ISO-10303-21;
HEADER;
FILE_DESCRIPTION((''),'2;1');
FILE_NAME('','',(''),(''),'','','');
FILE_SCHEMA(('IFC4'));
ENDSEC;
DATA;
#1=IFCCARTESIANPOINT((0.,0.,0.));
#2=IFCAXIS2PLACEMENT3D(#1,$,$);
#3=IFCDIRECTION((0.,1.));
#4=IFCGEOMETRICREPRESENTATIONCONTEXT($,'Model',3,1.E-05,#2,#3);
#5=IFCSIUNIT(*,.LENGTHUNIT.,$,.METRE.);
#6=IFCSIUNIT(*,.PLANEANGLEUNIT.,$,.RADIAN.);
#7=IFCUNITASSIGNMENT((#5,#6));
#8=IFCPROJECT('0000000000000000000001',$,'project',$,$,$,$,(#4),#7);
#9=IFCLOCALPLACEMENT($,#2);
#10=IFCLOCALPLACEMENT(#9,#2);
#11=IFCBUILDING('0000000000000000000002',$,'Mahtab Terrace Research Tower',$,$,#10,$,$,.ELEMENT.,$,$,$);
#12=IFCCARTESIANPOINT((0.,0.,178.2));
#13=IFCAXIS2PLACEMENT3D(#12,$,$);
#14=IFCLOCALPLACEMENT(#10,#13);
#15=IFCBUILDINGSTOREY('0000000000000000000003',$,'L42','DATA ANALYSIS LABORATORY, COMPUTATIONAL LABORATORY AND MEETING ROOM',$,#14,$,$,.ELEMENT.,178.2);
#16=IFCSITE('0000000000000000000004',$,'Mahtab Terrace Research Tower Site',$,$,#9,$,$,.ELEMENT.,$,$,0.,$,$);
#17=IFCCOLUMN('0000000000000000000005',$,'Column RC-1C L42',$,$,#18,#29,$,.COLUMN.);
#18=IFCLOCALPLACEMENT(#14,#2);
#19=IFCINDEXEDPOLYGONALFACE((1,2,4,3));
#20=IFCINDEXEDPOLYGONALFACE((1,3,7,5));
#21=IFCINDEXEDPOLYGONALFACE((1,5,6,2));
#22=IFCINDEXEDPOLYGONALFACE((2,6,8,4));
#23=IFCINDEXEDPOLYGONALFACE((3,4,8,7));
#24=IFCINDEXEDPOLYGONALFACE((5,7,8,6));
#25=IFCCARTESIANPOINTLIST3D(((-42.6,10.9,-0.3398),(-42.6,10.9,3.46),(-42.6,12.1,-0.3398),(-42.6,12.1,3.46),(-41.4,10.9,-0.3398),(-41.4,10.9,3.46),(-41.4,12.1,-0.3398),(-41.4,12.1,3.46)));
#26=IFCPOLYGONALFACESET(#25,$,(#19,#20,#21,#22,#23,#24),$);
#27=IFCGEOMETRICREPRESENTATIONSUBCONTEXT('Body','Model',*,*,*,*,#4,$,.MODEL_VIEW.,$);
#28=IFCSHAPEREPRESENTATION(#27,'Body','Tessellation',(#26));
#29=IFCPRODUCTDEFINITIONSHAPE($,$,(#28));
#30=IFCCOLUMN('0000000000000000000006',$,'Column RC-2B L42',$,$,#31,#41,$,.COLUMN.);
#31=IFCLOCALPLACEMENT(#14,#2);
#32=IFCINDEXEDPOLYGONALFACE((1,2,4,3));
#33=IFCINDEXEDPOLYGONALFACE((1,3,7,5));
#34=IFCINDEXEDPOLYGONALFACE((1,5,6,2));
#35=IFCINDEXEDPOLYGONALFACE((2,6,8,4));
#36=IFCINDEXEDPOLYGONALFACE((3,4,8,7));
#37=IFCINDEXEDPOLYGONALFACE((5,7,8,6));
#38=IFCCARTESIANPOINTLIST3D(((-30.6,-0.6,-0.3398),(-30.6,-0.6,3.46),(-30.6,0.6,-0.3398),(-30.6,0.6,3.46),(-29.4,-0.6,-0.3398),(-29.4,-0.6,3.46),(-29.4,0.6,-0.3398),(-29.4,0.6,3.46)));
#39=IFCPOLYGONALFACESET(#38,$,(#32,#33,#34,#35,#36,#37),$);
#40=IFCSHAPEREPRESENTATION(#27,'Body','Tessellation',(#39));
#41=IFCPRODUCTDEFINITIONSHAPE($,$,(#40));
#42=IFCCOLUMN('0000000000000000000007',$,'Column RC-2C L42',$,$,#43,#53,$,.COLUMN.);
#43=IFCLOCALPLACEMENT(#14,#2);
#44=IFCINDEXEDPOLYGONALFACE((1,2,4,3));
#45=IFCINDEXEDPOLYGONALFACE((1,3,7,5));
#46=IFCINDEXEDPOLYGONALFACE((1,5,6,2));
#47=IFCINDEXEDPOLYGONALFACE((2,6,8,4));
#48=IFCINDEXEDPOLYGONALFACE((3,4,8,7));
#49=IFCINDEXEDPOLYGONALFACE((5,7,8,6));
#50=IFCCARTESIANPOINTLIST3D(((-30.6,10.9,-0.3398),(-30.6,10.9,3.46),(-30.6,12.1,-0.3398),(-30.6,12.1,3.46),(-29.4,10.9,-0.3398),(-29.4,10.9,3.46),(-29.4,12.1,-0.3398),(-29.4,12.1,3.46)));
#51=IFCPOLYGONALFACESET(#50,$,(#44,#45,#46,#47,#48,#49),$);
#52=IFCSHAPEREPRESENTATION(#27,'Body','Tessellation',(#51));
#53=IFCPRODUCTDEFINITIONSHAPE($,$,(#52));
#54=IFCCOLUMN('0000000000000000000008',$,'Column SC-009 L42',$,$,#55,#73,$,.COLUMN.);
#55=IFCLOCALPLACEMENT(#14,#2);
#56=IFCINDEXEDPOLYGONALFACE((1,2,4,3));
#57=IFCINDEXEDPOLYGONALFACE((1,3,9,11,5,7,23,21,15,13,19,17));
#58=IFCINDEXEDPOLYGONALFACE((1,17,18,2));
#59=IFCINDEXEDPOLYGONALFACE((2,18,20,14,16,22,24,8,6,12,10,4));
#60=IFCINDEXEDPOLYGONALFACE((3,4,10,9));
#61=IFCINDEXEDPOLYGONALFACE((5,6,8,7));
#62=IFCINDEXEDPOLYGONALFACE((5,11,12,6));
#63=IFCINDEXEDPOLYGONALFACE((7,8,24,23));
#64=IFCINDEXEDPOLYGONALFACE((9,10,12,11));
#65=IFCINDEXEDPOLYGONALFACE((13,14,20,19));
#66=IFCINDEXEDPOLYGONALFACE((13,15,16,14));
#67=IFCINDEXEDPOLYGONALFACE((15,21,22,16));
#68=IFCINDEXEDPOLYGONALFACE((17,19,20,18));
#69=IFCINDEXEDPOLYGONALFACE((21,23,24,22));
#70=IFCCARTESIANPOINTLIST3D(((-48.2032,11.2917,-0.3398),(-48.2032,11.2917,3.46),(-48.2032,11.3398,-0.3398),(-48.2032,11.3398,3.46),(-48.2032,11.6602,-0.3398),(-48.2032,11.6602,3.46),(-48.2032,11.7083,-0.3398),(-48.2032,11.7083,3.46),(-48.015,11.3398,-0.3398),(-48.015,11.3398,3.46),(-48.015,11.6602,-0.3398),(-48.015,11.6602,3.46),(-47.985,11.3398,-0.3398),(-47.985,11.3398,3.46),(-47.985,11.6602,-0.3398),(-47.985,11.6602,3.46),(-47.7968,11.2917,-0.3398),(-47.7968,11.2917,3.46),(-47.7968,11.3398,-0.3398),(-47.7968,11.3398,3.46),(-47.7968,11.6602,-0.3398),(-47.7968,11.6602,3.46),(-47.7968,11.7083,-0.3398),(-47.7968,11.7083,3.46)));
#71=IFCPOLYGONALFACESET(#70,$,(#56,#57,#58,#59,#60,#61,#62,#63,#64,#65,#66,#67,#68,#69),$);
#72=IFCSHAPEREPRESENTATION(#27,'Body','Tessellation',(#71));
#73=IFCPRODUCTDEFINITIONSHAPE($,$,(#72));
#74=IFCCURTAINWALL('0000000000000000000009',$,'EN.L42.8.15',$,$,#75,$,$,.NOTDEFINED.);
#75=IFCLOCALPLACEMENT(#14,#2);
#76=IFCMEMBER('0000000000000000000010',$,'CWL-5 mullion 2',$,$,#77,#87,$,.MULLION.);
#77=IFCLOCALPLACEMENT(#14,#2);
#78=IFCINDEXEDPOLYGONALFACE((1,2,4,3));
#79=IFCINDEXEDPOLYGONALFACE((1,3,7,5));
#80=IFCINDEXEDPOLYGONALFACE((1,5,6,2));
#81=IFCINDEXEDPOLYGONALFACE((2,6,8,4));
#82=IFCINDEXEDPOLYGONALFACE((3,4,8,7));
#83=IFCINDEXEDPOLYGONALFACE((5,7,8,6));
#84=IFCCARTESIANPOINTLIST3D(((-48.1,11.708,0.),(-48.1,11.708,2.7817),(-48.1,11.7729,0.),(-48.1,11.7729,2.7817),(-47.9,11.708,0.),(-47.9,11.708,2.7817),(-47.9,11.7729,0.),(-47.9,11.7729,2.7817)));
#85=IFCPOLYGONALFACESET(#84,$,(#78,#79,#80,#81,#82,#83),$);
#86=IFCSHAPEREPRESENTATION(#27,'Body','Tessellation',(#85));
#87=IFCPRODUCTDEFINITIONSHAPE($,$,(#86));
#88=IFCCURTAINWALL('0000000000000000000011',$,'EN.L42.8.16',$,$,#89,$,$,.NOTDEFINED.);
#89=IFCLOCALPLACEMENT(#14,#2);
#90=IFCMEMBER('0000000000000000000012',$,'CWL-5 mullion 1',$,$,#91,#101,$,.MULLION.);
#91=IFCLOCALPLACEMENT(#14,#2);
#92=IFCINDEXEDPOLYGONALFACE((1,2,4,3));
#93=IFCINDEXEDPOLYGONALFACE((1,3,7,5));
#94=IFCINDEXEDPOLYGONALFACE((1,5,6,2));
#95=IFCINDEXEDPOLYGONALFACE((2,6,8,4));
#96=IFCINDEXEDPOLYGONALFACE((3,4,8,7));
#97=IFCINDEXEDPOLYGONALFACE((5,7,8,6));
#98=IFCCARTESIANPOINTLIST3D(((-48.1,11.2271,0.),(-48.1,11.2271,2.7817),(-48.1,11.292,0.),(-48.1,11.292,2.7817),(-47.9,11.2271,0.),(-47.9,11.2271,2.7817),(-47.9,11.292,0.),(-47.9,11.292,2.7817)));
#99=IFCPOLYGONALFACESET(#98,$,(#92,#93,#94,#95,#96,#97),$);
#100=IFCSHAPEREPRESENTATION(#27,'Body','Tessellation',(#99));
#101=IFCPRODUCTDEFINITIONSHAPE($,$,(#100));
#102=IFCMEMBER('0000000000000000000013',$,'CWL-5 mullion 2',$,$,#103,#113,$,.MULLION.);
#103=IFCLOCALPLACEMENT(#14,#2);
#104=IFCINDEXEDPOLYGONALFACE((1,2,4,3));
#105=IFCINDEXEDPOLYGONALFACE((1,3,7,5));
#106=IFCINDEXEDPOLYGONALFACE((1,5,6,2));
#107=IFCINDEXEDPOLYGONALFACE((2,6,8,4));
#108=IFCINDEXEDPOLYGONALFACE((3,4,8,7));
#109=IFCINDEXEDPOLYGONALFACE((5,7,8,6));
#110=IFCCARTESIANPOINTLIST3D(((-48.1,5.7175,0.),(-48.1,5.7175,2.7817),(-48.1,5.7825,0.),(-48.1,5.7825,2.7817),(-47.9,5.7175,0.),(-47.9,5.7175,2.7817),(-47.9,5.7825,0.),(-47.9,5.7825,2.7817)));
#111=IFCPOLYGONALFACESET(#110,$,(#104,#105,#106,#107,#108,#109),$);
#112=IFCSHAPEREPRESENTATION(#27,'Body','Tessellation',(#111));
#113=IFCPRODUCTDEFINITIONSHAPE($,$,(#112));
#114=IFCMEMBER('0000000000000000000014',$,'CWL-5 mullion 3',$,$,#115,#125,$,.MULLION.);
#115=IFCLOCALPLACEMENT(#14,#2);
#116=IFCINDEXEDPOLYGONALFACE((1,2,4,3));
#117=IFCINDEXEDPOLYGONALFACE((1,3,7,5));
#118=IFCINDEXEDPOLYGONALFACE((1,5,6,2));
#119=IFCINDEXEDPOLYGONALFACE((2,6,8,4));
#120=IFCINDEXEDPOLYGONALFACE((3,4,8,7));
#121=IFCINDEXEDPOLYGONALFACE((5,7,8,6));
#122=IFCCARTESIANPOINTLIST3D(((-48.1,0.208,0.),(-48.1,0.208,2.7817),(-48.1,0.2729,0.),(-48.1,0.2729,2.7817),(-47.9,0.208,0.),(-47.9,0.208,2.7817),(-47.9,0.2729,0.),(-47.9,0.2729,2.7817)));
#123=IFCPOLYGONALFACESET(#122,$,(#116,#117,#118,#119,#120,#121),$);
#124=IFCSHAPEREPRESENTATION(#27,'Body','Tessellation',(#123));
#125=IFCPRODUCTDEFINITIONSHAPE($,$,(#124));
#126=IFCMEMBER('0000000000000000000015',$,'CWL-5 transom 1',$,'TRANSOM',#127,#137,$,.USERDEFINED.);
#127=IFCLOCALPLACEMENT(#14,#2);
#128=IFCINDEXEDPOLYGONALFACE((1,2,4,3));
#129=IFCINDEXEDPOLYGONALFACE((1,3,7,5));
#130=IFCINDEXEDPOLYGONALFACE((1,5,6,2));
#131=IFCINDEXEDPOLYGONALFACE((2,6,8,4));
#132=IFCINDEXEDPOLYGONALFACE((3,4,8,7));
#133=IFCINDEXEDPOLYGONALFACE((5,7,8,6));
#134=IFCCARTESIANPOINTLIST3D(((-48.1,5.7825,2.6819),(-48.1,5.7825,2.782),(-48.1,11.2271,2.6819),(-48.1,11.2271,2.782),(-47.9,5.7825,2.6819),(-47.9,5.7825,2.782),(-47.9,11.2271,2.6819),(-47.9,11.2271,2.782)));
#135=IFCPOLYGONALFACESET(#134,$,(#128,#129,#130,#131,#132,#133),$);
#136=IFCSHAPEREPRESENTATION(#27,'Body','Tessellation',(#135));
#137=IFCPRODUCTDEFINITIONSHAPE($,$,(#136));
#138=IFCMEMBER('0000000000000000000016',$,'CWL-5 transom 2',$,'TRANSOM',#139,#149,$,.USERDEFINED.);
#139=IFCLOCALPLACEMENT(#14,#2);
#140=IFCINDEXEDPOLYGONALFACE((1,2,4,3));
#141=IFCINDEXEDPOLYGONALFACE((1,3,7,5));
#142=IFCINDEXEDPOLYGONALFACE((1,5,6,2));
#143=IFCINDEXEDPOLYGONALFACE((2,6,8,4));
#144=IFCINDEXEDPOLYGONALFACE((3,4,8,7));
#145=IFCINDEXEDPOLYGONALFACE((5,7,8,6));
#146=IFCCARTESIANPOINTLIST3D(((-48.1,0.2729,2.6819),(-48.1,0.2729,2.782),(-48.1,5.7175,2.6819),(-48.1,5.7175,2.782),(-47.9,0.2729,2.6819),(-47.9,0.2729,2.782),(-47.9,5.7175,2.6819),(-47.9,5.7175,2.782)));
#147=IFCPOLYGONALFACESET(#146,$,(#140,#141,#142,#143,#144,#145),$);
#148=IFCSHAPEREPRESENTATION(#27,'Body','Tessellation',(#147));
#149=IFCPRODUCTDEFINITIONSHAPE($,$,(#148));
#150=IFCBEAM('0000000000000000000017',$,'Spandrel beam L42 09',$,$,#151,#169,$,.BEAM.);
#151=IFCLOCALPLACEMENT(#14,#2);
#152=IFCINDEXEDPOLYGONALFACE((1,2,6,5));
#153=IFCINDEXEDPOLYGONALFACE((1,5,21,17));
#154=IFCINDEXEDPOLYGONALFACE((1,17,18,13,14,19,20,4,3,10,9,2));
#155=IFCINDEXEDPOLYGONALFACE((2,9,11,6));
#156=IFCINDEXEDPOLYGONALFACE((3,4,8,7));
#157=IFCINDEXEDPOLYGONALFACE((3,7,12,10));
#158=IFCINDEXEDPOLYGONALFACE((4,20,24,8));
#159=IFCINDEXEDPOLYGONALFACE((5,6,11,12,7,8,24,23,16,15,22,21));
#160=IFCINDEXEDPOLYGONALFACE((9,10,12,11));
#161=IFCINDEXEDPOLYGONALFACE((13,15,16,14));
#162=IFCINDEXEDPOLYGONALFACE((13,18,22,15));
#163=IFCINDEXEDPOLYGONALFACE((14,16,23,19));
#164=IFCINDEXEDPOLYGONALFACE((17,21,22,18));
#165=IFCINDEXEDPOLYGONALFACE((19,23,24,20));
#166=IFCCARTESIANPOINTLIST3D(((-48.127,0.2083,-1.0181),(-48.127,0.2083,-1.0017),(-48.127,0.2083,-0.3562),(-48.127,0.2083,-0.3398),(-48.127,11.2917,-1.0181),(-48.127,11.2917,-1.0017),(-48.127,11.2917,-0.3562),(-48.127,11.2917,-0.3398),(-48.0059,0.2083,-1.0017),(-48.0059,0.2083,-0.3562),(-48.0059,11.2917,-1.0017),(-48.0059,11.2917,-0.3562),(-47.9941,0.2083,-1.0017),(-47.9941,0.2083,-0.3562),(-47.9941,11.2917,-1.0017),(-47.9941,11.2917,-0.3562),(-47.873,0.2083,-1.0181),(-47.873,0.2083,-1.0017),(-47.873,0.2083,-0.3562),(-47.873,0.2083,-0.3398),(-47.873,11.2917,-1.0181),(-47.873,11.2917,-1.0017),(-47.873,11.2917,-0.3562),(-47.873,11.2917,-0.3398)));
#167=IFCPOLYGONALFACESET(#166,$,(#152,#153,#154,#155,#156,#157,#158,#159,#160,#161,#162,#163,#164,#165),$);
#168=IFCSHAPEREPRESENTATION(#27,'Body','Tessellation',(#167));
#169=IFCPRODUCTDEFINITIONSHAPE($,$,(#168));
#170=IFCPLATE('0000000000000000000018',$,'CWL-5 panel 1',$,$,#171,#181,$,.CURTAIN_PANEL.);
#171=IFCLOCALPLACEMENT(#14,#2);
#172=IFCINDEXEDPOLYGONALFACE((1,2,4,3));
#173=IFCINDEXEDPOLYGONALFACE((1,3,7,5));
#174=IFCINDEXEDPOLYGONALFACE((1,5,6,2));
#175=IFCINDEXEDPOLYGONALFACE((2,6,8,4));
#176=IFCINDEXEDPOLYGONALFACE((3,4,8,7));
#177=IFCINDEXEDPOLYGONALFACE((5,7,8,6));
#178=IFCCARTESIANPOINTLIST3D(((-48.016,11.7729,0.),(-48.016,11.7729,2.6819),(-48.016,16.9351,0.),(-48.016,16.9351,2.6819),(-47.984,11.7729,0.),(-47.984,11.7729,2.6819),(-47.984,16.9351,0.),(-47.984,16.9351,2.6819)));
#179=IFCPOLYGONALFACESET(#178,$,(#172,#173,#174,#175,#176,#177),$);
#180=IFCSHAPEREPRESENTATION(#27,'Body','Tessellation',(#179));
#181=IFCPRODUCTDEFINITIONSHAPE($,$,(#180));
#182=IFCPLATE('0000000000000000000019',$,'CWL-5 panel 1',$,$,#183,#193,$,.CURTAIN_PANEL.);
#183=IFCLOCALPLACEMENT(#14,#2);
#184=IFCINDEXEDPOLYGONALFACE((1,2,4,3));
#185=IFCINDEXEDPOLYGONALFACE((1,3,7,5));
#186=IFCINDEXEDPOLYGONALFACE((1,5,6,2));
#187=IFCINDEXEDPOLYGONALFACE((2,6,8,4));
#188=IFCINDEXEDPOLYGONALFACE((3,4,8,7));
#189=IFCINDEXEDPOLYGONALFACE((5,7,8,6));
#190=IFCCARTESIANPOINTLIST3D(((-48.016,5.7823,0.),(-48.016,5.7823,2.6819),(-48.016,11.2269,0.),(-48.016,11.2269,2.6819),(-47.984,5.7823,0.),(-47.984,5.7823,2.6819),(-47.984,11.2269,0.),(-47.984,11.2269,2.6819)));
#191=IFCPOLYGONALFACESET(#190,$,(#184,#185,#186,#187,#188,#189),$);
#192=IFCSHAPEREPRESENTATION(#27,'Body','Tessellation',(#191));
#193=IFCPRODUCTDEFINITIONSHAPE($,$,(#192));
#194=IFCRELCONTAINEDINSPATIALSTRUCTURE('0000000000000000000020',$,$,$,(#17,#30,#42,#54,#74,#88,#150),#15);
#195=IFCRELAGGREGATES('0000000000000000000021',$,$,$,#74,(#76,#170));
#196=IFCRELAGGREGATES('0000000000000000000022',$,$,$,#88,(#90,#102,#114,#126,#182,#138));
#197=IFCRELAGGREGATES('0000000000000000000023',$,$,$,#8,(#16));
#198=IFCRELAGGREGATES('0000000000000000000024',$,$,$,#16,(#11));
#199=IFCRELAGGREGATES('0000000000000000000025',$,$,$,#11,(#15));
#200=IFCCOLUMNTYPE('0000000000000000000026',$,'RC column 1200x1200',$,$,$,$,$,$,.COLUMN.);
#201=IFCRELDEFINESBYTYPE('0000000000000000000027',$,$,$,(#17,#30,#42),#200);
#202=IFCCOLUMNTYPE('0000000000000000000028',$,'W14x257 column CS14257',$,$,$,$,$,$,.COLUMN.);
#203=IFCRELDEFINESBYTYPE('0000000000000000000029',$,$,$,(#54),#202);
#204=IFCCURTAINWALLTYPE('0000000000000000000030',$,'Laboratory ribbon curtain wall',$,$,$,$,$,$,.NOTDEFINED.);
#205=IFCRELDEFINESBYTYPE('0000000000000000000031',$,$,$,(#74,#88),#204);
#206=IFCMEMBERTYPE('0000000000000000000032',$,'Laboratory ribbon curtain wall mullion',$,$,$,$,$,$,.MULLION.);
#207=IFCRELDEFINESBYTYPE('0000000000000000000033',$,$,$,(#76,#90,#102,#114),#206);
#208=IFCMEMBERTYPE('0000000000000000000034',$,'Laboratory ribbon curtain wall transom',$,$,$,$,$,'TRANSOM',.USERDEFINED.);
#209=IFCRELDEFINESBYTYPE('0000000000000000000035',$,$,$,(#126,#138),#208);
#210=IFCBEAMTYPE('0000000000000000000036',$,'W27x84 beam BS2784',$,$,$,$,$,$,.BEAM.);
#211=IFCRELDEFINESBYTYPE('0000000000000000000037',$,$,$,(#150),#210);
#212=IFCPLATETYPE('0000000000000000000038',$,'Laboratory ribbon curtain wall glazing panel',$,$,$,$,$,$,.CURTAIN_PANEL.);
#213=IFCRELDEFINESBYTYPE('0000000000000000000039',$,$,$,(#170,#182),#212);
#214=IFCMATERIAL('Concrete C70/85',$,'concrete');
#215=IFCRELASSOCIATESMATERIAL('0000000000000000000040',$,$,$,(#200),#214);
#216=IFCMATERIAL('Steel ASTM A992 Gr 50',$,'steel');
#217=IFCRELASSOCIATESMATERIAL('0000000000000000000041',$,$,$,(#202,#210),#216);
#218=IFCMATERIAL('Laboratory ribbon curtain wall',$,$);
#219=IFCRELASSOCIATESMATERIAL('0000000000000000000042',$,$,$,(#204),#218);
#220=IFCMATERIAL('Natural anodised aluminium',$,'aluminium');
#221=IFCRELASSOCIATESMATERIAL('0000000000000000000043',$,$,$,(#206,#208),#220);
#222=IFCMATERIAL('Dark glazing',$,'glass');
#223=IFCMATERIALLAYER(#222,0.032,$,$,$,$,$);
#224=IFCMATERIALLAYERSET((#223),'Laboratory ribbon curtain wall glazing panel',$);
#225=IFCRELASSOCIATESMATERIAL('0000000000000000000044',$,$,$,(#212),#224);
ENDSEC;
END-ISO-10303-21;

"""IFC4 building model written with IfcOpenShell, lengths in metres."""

from ifc_helpers import new_model, si_unit, direction, frame, origin, origin_2d, place, context, subcontext, project, spatial, rectangle, i_section, extrude, material, layer, layer_set, material_profile, profile_set, type_object, element, aggregate, save


model = new_model("IFC4")

# Units and contexts
model_context = context("Model", 3, precision=1e-05, world=origin(), true_north=direction((0.0, 1.0)))
body_context = subcontext(model_context, "Body", "Model", "MODEL_VIEW")
ifc_project = project(units=[si_unit("LENGTHUNIT", "METRE"), si_unit("PLANEANGLEUNIT", "RADIAN")], contexts=[model_context])

# Site, building, storey
site_placement = place(None, origin())
site = spatial("IfcSite", under=ifc_project, at=site_placement, Name="Mahtab Terrace Research Tower Site", CompositionType="ELEMENT", RefElevation=0.0)
building_placement = place(site_placement, origin())
building = spatial("IfcBuilding", under=site, at=building_placement, Name="Mahtab Terrace Research Tower", CompositionType="ELEMENT")
storey_placement = place(building_placement, frame((0.0, 0.0, 178.2)))
storey = spatial("IfcBuildingStorey", under=building, at=storey_placement, Name="L42", Description="DATA ANALYSIS LABORATORY, COMPUTATIONAL LABORATORY AND MEETING ROOM", CompositionType="ELEMENT", Elevation=178.2)

# Columns
ifc_material_1 = material(Name="Concrete C70/85", Category="concrete")
ifc_material_profile_1 = material_profile(ifc_material_1, rectangle(XDim=1.2, YDim=1.2, at=origin_2d()), Name="RC column 1200x1200")
ifc_profile_set_1 = profile_set([ifc_material_profile_1], Name="Concrete C70/85")
column_type_1 = type_object("IfcColumnType", Name="RC column 1200x1200", PredefinedType="COLUMN", material=ifc_profile_set_1)
for number, where, z_axis, x_axis, name in (
    (1, (-42.0, 11.5, -0.3398), (0.0, 0.0, 1.0), (1.0, 0.0, 0.0), "Column RC-1C L42"),
    (2, (-30.0, 0.0, -0.3398), (0.0, 0.0, 1.0), (1.0, 0.0, 0.0), "Column RC-2B L42"),
    (3, (-30.0, 11.5, -0.3398), (0.0, 0.0, 1.0), (1.0, 0.0, 0.0), "Column RC-2C L42"),
):
    element("IfcColumn", number, at=place(storey_placement, frame(where, z_axis=z_axis, x_axis=x_axis)), inside=storey, type_object=column_type_1, Name=name, PredefinedType="COLUMN", context=body_context, shape_type="SweptSolid", body=[
        extrude(rectangle(XDim=1.2, YDim=1.2, at=origin_2d()), origin(), (0.0, 0.0, 1.0), 3.7998),
    ])
ifc_material_2 = material(Name="Steel ASTM A992 Gr 50", Category="steel")
ifc_material_profile_2 = material_profile(ifc_material_2, i_section(OverallWidth=0.4065, OverallDepth=0.4165, WebThickness=0.03, FlangeThickness=0.0481, at=origin_2d()), Name="W14X257")
ifc_profile_set_2 = profile_set([ifc_material_profile_2], Name="Steel ASTM A992 Gr 50")
column_type_2 = type_object("IfcColumnType", Name="W14x257 column CS14257", PredefinedType="COLUMN", material=ifc_profile_set_2)
column_placement = place(storey_placement, frame((-48.0, 11.5, -0.3398), z_axis=(0.0, 0.0, 1.0), x_axis=(1.0, 0.0, 0.0)))
element("IfcColumn", 4, at=column_placement, inside=storey, type_object=column_type_2, Name="Column SC-009 L42", PredefinedType="COLUMN", context=body_context, shape_type="SweptSolid", body=[
    extrude(i_section(OverallWidth=0.4065, OverallDepth=0.4165, WebThickness=0.03, FlangeThickness=0.0481, at=origin_2d()), origin(), (0.0, 0.0, 1.0), 3.7998),
])

# Curtain wall, member
ifc_material_3 = material(Name="Laboratory ribbon curtain wall")
curtain_wall_type = type_object("IfcCurtainWallType", Name="Laboratory ribbon curtain wall", PredefinedType="NOTDEFINED", material=ifc_material_3)
curtain_wall_1_placement = place(storey_placement, origin())
curtain_wall_1 = element("IfcCurtainWall", 5, at=curtain_wall_1_placement, inside=storey, type_object=curtain_wall_type, Name="EN.L42.8.15", PredefinedType="NOTDEFINED")
ifc_material_4 = material(Name="Natural anodised aluminium", Category="aluminium")
ifc_material_profile_3 = material_profile(ifc_material_4, rectangle(XDim=0.2, YDim=0.0649, at=origin_2d()), Name="MULLION 65x200")
ifc_profile_set_3 = profile_set([ifc_material_profile_3], Name="Natural anodised aluminium")
member_type_1 = type_object("IfcMemberType", Name="Laboratory ribbon curtain wall mullion", PredefinedType="MULLION", material=ifc_profile_set_3)
member_1_placement = place(storey_placement, frame((-48.0, 11.7405, 0.0), z_axis=(0.0, 0.0, 1.0), x_axis=(1.0, 0.0, 0.0)))
member_1 = element("IfcMember", 6, at=member_1_placement, type_object=member_type_1, Name="CWL-5 mullion 2", PredefinedType="MULLION", context=body_context, shape_type="SweptSolid", body=[
    extrude(rectangle(XDim=0.2, YDim=0.0649, at=origin_2d()), origin(), (0.0, 0.0, 1.0), 2.7817),
])

# Curtain wall, members
curtain_wall_2_placement = place(storey_placement, origin())
curtain_wall_2 = element("IfcCurtainWall", 7, at=curtain_wall_2_placement, inside=storey, type_object=curtain_wall_type, Name="EN.L42.8.16", PredefinedType="NOTDEFINED")
member_2_placement = place(storey_placement, frame((-48.0, 11.2595, 0.0), z_axis=(0.0, 0.0, 1.0), x_axis=(1.0, 0.0, 0.0)))
member_2 = element("IfcMember", 8, at=member_2_placement, type_object=member_type_1, Name="CWL-5 mullion 1", PredefinedType="MULLION", context=body_context, shape_type="SweptSolid", body=[
    extrude(rectangle(XDim=0.2, YDim=0.0649, at=origin_2d()), origin(), (0.0, 0.0, 1.0), 2.7817),
])
member_3_placement = place(storey_placement, frame((-48.0, 5.75, 0.0), z_axis=(0.0, 0.0, 1.0), x_axis=(1.0, 0.0, 0.0)))
member_3 = element("IfcMember", 9, at=member_3_placement, type_object=member_type_1, Name="CWL-5 mullion 2", PredefinedType="MULLION", context=body_context, shape_type="SweptSolid", body=[
    extrude(rectangle(XDim=0.2, YDim=0.0649, at=origin_2d()), origin(), (0.0, 0.0, 1.0), 2.7817),
])
member_4_placement = place(storey_placement, frame((-48.0, 0.2405, 0.0), z_axis=(0.0, 0.0, 1.0), x_axis=(1.0, 0.0, 0.0)))
member_4 = element("IfcMember", 10, at=member_4_placement, type_object=member_type_1, Name="CWL-5 mullion 3", PredefinedType="MULLION", context=body_context, shape_type="SweptSolid", body=[
    extrude(rectangle(XDim=0.2, YDim=0.0649, at=origin_2d()), origin(), (0.0, 0.0, 1.0), 2.7817),
])
ifc_material_profile_4 = material_profile(ifc_material_4, rectangle(XDim=0.2, YDim=0.1001, at=origin_2d()), Name="TRANSOM 100x200")
ifc_profile_set_4 = profile_set([ifc_material_profile_4], Name="Natural anodised aluminium")
member_type_2 = type_object("IfcMemberType", Name="Laboratory ribbon curtain wall transom", ElementType="TRANSOM", PredefinedType="USERDEFINED", material=ifc_profile_set_4)
member_5_placement = place(storey_placement, frame((-48.0, 11.2271, 2.7319), z_axis=(0.0, -1.0, 0.0), x_axis=(1.0, 0.0, 0.0)))
member_5 = element("IfcMember", 11, at=member_5_placement, type_object=member_type_2, Name="CWL-5 transom 1", ObjectType="TRANSOM", PredefinedType="USERDEFINED", context=body_context, shape_type="SweptSolid", body=[
    extrude(rectangle(XDim=0.2, YDim=0.1001, at=origin_2d()), origin(), (0.0, 0.0, 1.0), 5.4446),
])
member_6_placement = place(storey_placement, frame((-48.0, 5.7175, 2.7319), z_axis=(0.0, -1.0, 0.0), x_axis=(1.0, 0.0, 0.0)))
member_6 = element("IfcMember", 12, at=member_6_placement, type_object=member_type_2, Name="CWL-5 transom 2", ObjectType="TRANSOM", PredefinedType="USERDEFINED", context=body_context, shape_type="SweptSolid", body=[
    extrude(rectangle(XDim=0.2, YDim=0.1001, at=origin_2d()), origin(), (0.0, 0.0, 1.0), 5.4446),
])

# Beam
ifc_material_profile_5 = material_profile(ifc_material_2, i_section(OverallWidth=0.2539, OverallDepth=0.6782, WebThickness=0.0117, FlangeThickness=0.0164, at=origin_2d()), Name="W27X84")
ifc_profile_set_5 = profile_set([ifc_material_profile_5], Name="Steel ASTM A992 Gr 50")
beam_type = type_object("IfcBeamType", Name="W27x84 beam BS2784", PredefinedType="BEAM", material=ifc_profile_set_5)
beam_placement = place(storey_placement, frame((-48.0, 11.2917, -0.679), z_axis=(0.0, -1.0, 0.0), x_axis=(1.0, 0.0, 0.0)))
element("IfcBeam", 13, at=beam_placement, inside=storey, type_object=beam_type, Name="Spandrel beam L42 09", PredefinedType="BEAM", context=body_context, shape_type="SweptSolid", body=[
    extrude(i_section(OverallWidth=0.2539, OverallDepth=0.6782, WebThickness=0.0117, FlangeThickness=0.0164, at=origin_2d()), origin(), (0.0, 0.0, 1.0), 11.0835),
])

# Plates
ifc_material_5 = material(Name="Dark glazing", Category="glass")
ifc_layer_1 = layer(ifc_material_5, 0.032)
ifc_layer_set_1 = layer_set([ifc_layer_1], Name="Laboratory ribbon curtain wall glazing panel")
plate_type = type_object("IfcPlateType", Name="Laboratory ribbon curtain wall glazing panel", PredefinedType="CURTAIN_PANEL", material=ifc_layer_set_1)
plate_1_placement = place(storey_placement, frame((-48.0, 14.354, 0.0), z_axis=(0.0, 0.0, 1.0), x_axis=(0.0, -1.0, 0.0)))
plate_1 = element("IfcPlate", 14, at=plate_1_placement, type_object=plate_type, Name="CWL-5 panel 1", PredefinedType="CURTAIN_PANEL", context=body_context, shape_type="SweptSolid", body=[
    extrude(rectangle(XDim=5.1621, YDim=0.032, at=origin_2d()), origin(), (0.0, 0.0, 1.0), 2.6819),
])
aggregate(curtain_wall_1, [member_1, plate_1])
plate_2_placement = place(storey_placement, frame((-48.0, 8.5046, 0.0), z_axis=(0.0, 0.0, 1.0), x_axis=(0.0, -1.0, 0.0)))
plate_2 = element("IfcPlate", 15, at=plate_2_placement, type_object=plate_type, Name="CWL-5 panel 1", PredefinedType="CURTAIN_PANEL", context=body_context, shape_type="SweptSolid", body=[
    extrude(rectangle(XDim=5.4446, YDim=0.032, at=origin_2d()), origin(), (0.0, 0.0, 1.0), 2.6819),
])
aggregate(curtain_wall_2, [member_2, member_3, member_4, member_5, plate_2, member_6])

save(model, "model.ifc")
